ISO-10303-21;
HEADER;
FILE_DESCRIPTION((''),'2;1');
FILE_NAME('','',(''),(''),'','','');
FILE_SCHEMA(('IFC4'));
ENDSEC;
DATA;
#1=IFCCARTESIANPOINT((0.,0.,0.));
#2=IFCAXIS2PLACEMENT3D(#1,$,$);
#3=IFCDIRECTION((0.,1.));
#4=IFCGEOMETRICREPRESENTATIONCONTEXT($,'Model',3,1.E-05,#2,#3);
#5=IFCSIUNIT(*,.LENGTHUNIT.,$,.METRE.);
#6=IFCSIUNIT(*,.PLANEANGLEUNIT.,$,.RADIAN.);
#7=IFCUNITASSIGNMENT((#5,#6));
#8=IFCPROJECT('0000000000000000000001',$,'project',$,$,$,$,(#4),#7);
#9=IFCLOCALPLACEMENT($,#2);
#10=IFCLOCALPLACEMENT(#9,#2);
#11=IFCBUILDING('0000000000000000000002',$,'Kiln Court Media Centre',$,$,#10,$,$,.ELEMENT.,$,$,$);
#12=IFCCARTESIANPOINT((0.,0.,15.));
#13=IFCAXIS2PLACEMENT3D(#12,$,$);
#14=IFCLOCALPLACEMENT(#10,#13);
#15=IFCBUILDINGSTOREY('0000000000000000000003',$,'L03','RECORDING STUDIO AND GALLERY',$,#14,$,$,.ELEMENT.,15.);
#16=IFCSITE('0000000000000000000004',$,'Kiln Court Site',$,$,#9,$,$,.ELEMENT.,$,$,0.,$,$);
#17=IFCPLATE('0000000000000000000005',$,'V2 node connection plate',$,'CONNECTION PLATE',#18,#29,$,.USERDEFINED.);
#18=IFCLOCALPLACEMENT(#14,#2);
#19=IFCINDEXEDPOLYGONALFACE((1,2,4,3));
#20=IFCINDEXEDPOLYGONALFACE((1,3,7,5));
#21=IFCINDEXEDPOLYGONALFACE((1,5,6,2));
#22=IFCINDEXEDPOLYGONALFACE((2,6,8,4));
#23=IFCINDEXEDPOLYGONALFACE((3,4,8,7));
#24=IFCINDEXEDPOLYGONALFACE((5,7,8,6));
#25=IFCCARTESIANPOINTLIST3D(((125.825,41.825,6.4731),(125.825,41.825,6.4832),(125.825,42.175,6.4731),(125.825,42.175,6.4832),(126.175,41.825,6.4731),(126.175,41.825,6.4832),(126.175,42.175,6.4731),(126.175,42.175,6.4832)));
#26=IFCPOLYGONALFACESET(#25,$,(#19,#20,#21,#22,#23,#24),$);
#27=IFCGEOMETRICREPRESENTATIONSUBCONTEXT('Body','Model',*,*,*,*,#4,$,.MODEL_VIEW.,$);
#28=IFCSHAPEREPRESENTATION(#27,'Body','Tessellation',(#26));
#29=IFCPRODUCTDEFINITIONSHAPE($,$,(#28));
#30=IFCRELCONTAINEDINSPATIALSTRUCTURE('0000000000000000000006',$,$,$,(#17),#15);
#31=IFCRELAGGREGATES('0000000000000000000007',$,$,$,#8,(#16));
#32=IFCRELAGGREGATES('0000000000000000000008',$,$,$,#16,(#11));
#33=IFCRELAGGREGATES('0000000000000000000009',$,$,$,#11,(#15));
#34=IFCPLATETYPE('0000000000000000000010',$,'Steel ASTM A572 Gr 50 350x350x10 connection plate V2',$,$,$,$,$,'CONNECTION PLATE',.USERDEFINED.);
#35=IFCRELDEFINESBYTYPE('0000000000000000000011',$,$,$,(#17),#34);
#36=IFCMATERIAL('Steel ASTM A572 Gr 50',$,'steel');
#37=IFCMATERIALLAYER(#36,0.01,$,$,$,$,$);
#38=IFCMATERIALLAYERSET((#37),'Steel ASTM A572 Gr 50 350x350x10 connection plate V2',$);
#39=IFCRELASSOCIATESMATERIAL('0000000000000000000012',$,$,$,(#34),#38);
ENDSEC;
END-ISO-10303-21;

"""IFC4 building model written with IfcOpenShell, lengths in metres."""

from ifc_helpers import new_model, si_unit, direction, frame, origin, origin_2d, place, context, subcontext, project, spatial, rectangle, extrude, material, layer, layer_set, type_object, element, save


model = new_model("IFC4")

# Units and contexts
model_context = context("Model", 3, precision=1e-05, world=origin(), true_north=direction((0.0, 1.0)))
body_context = subcontext(model_context, "Body", "Model", "MODEL_VIEW")
ifc_project = project(units=[si_unit("LENGTHUNIT", "METRE"), si_unit("PLANEANGLEUNIT", "RADIAN")], contexts=[model_context])

# Site, building, storey
site_placement = place(None, origin())
site = spatial("IfcSite", under=ifc_project, at=site_placement, Name="Kiln Court Site", CompositionType="ELEMENT", RefElevation=0.0)
building_placement = place(site_placement, origin())
building = spatial("IfcBuilding", under=site, at=building_placement, Name="Kiln Court Media Centre", CompositionType="ELEMENT")
storey_placement = place(building_placement, frame((0.0, 0.0, 15.0)))
storey = spatial("IfcBuildingStorey", under=building, at=storey_placement, Name="L03", Description="RECORDING STUDIO AND GALLERY", CompositionType="ELEMENT", Elevation=15.0)

# Plate
ifc_material_1 = material(Name="Steel ASTM A572 Gr 50", Category="steel")
ifc_layer = layer(ifc_material_1, 0.01)
ifc_layer_set = layer_set([ifc_layer], Name="Steel ASTM A572 Gr 50 350x350x10 connection plate V2")
plate_type = type_object("IfcPlateType", Name="Steel ASTM A572 Gr 50 350x350x10 connection plate V2", ElementType="CONNECTION PLATE", PredefinedType="USERDEFINED", material=ifc_layer_set)
for number, where, z_axis, x_axis, name in (
    (1, (126.0, 42.0, 6.4731), (0.0, 0.0, 1.0), (1.0, 0.0, 0.0), "V2 node connection plate"),
):
    element("IfcPlate", number, at=place(storey_placement, frame(where, z_axis=z_axis, x_axis=x_axis)), inside=storey, type_object=plate_type, Name=name, ObjectType="CONNECTION PLATE", PredefinedType="USERDEFINED", context=body_context, shape_type="SweptSolid", body=[
        extrude(rectangle(XDim=0.3501, YDim=0.3501, at=origin_2d()), origin(), (0.0, 0.0, 1.0), 0.01),
    ])

save(model, "model.ifc")
